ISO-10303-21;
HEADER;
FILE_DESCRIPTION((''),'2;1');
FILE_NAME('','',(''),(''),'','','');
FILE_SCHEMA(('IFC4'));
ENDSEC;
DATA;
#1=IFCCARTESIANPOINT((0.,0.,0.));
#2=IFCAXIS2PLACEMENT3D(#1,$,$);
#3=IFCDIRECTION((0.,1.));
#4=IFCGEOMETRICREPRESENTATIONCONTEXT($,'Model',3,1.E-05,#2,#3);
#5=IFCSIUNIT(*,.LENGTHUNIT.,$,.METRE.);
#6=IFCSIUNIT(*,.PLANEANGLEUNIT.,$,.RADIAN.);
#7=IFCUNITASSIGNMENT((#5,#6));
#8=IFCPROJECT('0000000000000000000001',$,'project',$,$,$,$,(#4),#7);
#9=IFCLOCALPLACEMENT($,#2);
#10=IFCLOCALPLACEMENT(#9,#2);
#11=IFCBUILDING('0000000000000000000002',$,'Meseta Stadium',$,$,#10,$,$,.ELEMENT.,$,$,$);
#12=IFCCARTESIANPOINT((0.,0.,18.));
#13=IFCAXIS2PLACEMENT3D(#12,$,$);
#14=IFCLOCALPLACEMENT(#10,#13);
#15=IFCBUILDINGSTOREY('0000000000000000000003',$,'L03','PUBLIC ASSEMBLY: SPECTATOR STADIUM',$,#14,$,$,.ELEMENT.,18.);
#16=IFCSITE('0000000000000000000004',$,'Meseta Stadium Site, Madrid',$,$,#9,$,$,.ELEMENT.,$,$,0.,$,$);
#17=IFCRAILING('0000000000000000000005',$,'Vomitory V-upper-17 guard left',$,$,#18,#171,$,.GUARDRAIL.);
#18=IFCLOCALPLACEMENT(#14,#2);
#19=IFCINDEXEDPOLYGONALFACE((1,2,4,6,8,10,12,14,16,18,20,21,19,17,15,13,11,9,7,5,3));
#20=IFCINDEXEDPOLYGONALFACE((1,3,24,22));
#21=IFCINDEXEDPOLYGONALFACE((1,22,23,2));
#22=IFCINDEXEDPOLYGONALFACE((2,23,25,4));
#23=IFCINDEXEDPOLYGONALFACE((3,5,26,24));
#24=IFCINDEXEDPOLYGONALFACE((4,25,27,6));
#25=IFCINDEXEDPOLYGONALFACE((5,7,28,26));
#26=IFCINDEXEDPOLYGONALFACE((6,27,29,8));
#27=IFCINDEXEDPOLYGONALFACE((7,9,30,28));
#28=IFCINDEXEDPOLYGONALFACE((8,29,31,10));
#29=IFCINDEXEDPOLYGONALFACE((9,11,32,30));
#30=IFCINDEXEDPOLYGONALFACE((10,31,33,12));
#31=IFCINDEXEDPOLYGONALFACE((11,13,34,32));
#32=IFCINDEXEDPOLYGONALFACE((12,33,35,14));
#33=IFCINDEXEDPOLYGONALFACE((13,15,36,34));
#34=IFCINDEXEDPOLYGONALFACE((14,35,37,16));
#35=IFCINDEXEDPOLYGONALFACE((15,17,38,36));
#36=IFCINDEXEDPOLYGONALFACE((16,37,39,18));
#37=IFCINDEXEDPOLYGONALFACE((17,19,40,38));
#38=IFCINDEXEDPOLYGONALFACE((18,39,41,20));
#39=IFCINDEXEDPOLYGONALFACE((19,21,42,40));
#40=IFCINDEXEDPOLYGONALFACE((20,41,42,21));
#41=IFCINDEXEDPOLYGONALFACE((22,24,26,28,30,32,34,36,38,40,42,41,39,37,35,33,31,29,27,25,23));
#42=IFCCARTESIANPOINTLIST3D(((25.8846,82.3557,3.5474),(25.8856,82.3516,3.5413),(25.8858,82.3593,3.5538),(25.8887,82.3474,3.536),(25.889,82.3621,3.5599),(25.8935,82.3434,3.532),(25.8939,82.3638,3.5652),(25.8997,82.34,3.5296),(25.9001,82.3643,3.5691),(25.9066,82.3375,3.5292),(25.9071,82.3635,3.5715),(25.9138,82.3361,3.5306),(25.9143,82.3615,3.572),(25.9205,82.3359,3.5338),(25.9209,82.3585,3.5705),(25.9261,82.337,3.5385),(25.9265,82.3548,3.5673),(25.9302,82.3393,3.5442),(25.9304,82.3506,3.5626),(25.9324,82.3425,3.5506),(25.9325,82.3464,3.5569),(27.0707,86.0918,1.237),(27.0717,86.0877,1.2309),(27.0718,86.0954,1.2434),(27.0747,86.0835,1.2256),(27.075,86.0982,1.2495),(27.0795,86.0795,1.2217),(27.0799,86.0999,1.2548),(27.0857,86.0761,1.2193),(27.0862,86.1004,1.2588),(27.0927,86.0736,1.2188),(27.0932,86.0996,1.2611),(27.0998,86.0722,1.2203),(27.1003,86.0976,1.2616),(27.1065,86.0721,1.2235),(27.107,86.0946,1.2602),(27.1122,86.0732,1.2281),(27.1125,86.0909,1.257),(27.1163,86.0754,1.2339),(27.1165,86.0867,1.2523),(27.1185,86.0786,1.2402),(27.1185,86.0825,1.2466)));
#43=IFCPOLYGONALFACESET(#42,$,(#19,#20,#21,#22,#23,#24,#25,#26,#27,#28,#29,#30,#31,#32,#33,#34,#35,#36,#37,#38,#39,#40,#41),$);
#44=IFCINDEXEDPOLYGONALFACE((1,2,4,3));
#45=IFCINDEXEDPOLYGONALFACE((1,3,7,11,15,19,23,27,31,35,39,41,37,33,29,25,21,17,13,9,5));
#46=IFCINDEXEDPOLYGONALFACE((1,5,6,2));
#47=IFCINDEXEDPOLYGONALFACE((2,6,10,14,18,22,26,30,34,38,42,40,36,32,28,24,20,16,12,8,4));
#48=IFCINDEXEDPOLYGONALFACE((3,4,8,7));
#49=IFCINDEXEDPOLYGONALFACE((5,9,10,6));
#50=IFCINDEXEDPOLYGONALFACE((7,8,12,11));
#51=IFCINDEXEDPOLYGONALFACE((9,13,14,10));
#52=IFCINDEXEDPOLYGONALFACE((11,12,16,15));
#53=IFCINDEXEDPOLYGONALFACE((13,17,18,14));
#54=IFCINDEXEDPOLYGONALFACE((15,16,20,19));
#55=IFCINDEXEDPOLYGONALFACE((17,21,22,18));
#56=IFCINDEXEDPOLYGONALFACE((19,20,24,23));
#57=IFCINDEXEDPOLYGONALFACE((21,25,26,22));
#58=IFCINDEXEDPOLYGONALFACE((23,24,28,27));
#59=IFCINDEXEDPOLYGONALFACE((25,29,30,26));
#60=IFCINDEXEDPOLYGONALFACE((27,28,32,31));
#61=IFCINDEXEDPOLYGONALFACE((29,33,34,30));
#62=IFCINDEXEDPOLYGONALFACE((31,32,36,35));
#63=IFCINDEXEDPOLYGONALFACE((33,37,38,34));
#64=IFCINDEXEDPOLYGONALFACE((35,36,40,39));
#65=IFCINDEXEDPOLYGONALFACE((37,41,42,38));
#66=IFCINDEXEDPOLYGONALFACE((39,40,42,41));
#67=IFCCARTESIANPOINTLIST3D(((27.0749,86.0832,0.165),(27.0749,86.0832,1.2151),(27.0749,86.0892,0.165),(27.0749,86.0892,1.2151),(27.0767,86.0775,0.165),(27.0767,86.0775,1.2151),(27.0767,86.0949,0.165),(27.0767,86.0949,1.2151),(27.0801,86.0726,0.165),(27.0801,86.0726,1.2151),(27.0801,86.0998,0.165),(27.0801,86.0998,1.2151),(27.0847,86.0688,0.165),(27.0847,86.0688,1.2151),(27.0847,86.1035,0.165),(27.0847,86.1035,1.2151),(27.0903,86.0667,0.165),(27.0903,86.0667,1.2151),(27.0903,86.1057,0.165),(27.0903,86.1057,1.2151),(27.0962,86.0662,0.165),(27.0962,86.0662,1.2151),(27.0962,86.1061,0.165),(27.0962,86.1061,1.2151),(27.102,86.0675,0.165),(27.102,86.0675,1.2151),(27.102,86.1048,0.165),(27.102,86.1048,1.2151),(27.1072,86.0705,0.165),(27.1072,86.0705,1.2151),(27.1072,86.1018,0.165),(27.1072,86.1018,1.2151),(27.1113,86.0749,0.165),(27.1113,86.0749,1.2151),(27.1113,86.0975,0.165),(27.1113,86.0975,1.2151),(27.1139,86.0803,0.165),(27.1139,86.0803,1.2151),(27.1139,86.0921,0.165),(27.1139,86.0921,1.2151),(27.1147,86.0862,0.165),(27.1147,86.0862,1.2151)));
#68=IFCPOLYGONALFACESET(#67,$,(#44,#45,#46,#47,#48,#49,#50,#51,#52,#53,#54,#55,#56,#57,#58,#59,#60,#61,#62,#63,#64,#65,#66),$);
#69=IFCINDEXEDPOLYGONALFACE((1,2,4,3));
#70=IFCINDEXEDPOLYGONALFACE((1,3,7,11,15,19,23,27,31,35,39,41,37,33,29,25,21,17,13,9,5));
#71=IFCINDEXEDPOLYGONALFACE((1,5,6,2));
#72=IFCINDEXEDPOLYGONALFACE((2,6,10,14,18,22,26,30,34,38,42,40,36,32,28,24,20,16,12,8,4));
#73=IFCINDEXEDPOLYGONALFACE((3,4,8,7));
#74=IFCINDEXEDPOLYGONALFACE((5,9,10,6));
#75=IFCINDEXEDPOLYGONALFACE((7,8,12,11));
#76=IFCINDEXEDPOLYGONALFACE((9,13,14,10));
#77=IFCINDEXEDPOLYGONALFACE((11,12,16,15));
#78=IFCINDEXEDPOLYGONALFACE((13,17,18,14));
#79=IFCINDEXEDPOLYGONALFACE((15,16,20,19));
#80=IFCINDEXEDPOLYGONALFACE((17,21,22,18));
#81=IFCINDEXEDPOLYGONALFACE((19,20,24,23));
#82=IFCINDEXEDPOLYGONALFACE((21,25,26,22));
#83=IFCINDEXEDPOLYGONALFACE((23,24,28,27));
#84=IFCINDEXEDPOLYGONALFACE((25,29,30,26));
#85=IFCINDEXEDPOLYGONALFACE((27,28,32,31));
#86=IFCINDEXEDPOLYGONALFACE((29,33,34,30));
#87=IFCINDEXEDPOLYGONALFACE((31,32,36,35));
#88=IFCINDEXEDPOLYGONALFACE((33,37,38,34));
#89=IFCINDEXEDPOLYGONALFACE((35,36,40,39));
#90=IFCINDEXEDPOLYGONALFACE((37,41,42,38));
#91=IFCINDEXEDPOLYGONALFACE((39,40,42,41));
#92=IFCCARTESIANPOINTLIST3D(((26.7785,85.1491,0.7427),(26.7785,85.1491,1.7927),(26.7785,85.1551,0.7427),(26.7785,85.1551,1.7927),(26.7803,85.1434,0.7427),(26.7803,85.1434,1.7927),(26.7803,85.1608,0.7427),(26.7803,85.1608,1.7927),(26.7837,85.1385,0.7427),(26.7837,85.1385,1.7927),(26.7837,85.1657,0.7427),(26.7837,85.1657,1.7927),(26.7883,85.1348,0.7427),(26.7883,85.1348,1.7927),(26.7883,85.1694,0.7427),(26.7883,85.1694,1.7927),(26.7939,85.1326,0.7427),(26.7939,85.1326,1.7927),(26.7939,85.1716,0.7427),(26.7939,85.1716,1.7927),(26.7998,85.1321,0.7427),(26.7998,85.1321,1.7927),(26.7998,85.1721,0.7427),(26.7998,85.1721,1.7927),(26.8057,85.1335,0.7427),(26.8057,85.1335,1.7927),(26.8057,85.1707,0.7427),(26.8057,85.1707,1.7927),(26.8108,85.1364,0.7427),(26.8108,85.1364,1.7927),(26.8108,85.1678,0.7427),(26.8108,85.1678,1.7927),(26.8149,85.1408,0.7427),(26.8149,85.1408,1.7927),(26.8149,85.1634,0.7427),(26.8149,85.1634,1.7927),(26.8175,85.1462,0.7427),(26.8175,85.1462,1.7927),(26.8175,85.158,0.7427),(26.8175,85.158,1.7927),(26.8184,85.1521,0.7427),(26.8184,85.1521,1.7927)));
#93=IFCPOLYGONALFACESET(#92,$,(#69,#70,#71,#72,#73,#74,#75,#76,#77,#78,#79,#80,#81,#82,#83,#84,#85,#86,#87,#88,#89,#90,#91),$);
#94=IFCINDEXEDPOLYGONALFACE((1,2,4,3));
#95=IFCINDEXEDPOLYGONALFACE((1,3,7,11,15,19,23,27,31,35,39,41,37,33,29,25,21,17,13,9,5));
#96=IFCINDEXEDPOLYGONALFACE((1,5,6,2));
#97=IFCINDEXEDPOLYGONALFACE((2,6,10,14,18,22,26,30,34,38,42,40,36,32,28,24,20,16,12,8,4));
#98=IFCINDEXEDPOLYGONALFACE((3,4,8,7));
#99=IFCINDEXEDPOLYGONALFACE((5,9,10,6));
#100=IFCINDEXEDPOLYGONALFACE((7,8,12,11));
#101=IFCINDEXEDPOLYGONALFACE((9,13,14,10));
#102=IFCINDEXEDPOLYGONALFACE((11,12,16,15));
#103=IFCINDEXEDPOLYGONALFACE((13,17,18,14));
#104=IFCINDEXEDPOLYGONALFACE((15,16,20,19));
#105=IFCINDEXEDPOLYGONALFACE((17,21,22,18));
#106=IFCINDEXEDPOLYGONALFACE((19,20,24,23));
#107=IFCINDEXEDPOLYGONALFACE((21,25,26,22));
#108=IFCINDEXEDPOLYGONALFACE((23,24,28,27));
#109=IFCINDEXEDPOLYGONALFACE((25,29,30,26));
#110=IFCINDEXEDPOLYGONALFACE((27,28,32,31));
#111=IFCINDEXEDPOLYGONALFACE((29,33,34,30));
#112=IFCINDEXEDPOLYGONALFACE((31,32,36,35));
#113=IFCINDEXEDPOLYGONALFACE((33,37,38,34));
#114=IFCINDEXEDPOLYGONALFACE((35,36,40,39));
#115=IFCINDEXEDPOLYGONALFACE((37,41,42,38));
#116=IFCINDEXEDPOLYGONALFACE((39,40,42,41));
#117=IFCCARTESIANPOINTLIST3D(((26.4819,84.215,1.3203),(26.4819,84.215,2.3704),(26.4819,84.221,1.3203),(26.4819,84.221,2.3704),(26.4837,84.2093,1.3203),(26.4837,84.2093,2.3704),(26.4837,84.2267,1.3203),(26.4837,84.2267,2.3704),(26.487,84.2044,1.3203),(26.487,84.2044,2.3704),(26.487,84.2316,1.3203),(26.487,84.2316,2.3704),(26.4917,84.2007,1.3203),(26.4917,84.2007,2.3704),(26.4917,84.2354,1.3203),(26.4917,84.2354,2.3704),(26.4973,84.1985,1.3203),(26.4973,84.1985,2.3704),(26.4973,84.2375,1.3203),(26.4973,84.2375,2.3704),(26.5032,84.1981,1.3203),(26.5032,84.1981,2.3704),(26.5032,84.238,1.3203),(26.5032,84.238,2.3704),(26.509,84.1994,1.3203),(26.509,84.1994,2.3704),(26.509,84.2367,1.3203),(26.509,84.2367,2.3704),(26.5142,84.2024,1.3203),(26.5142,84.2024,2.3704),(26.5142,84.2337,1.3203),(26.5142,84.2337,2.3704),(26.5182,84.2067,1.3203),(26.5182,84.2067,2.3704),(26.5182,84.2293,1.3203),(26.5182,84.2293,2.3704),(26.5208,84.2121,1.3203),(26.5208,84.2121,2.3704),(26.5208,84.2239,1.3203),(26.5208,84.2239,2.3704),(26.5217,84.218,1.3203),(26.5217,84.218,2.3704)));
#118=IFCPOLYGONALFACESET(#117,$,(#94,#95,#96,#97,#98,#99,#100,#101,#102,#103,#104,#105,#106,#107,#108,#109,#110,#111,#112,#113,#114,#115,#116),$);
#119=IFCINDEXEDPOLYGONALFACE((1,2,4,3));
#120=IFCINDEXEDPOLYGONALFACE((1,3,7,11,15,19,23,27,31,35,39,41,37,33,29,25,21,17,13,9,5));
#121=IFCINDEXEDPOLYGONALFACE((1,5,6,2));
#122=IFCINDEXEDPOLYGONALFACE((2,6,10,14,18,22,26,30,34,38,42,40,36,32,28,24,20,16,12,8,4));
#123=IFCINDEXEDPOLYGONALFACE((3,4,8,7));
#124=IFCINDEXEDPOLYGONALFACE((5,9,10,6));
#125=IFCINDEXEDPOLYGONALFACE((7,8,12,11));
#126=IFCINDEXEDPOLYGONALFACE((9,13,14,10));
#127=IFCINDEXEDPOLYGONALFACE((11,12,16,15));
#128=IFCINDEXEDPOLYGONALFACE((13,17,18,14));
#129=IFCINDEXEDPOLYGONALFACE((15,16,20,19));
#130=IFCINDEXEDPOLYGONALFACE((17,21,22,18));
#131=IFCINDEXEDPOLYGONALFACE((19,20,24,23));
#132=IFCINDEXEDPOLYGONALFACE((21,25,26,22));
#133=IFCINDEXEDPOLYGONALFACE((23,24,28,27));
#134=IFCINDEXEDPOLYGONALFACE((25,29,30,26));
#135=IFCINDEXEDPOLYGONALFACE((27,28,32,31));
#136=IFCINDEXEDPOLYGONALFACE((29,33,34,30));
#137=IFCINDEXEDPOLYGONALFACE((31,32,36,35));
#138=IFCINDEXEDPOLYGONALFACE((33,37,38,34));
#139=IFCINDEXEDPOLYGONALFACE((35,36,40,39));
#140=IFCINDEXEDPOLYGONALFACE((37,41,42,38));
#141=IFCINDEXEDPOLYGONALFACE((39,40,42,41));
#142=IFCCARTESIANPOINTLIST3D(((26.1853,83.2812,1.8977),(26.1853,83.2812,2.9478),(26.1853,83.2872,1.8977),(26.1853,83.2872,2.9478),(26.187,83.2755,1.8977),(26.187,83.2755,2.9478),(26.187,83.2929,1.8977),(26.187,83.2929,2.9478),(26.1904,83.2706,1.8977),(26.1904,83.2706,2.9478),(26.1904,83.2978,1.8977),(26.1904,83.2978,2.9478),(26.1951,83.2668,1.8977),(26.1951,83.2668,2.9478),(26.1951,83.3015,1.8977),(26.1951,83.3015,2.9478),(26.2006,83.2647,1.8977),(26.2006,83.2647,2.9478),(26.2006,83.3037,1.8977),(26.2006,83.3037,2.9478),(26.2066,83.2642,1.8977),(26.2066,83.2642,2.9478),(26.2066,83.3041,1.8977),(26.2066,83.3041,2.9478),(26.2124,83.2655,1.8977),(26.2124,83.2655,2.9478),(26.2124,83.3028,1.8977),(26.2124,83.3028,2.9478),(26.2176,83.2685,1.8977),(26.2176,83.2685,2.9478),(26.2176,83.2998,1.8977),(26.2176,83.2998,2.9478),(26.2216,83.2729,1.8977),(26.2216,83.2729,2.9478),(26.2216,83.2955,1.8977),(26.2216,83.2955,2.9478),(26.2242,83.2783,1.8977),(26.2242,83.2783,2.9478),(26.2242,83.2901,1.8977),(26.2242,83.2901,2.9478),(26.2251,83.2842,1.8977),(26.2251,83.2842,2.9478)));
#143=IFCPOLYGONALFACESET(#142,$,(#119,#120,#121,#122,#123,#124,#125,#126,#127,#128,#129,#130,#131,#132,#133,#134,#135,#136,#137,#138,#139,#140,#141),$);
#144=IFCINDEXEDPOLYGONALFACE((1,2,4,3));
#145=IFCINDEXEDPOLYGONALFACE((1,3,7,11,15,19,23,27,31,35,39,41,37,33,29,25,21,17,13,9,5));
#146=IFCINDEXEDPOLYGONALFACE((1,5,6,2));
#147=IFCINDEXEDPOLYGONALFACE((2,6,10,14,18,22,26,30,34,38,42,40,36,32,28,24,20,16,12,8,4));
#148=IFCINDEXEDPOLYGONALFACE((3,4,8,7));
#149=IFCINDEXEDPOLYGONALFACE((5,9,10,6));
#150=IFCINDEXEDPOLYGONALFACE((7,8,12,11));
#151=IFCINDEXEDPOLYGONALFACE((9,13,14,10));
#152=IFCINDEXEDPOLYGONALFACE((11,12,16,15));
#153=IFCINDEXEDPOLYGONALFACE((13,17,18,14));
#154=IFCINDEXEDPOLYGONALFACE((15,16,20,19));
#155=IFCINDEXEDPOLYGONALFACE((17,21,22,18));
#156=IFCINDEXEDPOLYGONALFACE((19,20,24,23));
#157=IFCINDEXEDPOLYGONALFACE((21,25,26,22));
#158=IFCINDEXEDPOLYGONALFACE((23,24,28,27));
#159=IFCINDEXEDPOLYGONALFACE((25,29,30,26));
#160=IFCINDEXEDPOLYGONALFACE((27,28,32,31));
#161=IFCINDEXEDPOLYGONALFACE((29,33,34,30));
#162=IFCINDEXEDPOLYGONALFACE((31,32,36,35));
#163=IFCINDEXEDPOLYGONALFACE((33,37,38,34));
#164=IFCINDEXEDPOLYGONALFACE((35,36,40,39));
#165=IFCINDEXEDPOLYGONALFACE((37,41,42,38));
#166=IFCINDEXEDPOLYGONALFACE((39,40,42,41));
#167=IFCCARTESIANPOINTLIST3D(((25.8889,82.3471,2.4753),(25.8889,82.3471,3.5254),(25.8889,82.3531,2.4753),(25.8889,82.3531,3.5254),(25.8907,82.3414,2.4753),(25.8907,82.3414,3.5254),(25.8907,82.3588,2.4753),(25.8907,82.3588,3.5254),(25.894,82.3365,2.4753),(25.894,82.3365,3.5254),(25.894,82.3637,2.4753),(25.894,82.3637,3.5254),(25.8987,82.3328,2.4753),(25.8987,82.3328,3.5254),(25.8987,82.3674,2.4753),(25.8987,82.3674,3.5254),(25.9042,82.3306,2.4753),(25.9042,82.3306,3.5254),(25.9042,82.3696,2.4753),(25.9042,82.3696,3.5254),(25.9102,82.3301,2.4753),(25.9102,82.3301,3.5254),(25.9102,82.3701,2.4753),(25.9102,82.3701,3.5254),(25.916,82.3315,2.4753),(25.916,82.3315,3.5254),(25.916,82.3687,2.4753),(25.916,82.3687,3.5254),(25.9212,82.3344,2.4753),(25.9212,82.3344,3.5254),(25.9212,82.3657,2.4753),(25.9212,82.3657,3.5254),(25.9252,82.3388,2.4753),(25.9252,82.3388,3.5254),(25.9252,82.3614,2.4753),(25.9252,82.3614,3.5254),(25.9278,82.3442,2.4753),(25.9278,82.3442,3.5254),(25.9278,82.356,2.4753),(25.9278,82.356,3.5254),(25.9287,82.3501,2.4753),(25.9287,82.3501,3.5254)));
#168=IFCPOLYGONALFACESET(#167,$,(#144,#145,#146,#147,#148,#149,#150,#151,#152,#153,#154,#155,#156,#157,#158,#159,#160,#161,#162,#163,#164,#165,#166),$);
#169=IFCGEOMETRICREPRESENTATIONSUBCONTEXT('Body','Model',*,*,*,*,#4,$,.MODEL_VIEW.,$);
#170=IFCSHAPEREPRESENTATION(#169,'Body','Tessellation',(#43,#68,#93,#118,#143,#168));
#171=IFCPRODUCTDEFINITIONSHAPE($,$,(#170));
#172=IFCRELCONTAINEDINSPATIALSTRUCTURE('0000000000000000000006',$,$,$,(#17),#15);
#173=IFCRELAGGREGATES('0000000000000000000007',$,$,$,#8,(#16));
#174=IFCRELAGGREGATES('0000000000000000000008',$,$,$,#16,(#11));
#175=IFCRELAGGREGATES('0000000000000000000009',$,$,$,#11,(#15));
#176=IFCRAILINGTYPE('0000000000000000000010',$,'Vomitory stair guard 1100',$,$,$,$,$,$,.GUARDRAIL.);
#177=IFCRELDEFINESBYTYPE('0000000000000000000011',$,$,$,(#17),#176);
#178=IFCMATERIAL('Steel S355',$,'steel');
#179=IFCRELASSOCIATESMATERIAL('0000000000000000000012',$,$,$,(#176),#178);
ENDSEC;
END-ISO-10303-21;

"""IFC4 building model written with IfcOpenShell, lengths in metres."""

from ifc_helpers import new_model, si_unit, direction, frame, origin, origin_2d, place, context, subcontext, project, spatial, circle, extrude, material, type_object, element, save


model = new_model("IFC4")

# Units and contexts
model_context = context("Model", 3, precision=1e-05, world=origin(), true_north=direction((0.0, 1.0)))
body_context = subcontext(model_context, "Body", "Model", "MODEL_VIEW")
ifc_project = project(units=[si_unit("LENGTHUNIT", "METRE"), si_unit("PLANEANGLEUNIT", "RADIAN")], contexts=[model_context])

# Site, building, storey
site_placement = place(None, origin())
site = spatial("IfcSite", under=ifc_project, at=site_placement, Name="Meseta Stadium Site, Madrid", CompositionType="ELEMENT", RefElevation=0.0)
building_placement = place(site_placement, origin())
building = spatial("IfcBuilding", under=site, at=building_placement, Name="Meseta Stadium", CompositionType="ELEMENT")
storey_placement = place(building_placement, frame((0.0, 0.0, 18.0)))
storey = spatial("IfcBuildingStorey", under=building, at=storey_placement, Name="L03", Description="PUBLIC ASSEMBLY: SPECTATOR STADIUM", CompositionType="ELEMENT", Elevation=18.0)

# Railing
ifc_material_1 = material(Name="Steel S355", Category="steel")
railing_type_1 = type_object("IfcRailingType", Name="Vomitory stair guard 1100", PredefinedType="GUARDRAIL", material=ifc_material_1)
railing_1_placement = place(storey_placement, frame((27.0947, 86.0862, 0.165)))
element("IfcRailing", 1, at=railing_1_placement, inside=storey, type_object=railing_type_1, Name="Vomitory V-upper-17 guard left", PredefinedType="GUARDRAIL", context=body_context, shape_type="SweptSolid", body=[
    extrude(circle(Radius=0.0249, at=origin_2d()), frame((0.0, 0.0, 1.0752), z_axis=(-0.260667, -0.821117, 0.507759), x_axis=(0.953126, -0.302574, 0.0)), (0.0, 0.0, 1.0), 4.55),
    extrude(circle(Radius=0.02, at=origin_2d()), origin(), (0.0, 0.0, 1.0), 1.05),
    extrude(circle(Radius=0.02, at=origin_2d()), frame((-0.2964, -0.9341, 0.5776)), (0.0, 0.0, 1.0), 1.05),
    extrude(circle(Radius=0.02, at=origin_2d()), frame((-0.593, -1.8682, 1.1553)), (0.0, 0.0, 1.0), 1.05),
    extrude(circle(Radius=0.02, at=origin_2d()), frame((-0.8896, -2.802, 1.7327)), (0.0, 0.0, 1.0), 1.05),
    extrude(circle(Radius=0.02, at=origin_2d()), frame((-1.186, -3.7361, 2.3103)), (0.0, 0.0, 1.0), 1.05),
])

save(model, "model.ifc")
